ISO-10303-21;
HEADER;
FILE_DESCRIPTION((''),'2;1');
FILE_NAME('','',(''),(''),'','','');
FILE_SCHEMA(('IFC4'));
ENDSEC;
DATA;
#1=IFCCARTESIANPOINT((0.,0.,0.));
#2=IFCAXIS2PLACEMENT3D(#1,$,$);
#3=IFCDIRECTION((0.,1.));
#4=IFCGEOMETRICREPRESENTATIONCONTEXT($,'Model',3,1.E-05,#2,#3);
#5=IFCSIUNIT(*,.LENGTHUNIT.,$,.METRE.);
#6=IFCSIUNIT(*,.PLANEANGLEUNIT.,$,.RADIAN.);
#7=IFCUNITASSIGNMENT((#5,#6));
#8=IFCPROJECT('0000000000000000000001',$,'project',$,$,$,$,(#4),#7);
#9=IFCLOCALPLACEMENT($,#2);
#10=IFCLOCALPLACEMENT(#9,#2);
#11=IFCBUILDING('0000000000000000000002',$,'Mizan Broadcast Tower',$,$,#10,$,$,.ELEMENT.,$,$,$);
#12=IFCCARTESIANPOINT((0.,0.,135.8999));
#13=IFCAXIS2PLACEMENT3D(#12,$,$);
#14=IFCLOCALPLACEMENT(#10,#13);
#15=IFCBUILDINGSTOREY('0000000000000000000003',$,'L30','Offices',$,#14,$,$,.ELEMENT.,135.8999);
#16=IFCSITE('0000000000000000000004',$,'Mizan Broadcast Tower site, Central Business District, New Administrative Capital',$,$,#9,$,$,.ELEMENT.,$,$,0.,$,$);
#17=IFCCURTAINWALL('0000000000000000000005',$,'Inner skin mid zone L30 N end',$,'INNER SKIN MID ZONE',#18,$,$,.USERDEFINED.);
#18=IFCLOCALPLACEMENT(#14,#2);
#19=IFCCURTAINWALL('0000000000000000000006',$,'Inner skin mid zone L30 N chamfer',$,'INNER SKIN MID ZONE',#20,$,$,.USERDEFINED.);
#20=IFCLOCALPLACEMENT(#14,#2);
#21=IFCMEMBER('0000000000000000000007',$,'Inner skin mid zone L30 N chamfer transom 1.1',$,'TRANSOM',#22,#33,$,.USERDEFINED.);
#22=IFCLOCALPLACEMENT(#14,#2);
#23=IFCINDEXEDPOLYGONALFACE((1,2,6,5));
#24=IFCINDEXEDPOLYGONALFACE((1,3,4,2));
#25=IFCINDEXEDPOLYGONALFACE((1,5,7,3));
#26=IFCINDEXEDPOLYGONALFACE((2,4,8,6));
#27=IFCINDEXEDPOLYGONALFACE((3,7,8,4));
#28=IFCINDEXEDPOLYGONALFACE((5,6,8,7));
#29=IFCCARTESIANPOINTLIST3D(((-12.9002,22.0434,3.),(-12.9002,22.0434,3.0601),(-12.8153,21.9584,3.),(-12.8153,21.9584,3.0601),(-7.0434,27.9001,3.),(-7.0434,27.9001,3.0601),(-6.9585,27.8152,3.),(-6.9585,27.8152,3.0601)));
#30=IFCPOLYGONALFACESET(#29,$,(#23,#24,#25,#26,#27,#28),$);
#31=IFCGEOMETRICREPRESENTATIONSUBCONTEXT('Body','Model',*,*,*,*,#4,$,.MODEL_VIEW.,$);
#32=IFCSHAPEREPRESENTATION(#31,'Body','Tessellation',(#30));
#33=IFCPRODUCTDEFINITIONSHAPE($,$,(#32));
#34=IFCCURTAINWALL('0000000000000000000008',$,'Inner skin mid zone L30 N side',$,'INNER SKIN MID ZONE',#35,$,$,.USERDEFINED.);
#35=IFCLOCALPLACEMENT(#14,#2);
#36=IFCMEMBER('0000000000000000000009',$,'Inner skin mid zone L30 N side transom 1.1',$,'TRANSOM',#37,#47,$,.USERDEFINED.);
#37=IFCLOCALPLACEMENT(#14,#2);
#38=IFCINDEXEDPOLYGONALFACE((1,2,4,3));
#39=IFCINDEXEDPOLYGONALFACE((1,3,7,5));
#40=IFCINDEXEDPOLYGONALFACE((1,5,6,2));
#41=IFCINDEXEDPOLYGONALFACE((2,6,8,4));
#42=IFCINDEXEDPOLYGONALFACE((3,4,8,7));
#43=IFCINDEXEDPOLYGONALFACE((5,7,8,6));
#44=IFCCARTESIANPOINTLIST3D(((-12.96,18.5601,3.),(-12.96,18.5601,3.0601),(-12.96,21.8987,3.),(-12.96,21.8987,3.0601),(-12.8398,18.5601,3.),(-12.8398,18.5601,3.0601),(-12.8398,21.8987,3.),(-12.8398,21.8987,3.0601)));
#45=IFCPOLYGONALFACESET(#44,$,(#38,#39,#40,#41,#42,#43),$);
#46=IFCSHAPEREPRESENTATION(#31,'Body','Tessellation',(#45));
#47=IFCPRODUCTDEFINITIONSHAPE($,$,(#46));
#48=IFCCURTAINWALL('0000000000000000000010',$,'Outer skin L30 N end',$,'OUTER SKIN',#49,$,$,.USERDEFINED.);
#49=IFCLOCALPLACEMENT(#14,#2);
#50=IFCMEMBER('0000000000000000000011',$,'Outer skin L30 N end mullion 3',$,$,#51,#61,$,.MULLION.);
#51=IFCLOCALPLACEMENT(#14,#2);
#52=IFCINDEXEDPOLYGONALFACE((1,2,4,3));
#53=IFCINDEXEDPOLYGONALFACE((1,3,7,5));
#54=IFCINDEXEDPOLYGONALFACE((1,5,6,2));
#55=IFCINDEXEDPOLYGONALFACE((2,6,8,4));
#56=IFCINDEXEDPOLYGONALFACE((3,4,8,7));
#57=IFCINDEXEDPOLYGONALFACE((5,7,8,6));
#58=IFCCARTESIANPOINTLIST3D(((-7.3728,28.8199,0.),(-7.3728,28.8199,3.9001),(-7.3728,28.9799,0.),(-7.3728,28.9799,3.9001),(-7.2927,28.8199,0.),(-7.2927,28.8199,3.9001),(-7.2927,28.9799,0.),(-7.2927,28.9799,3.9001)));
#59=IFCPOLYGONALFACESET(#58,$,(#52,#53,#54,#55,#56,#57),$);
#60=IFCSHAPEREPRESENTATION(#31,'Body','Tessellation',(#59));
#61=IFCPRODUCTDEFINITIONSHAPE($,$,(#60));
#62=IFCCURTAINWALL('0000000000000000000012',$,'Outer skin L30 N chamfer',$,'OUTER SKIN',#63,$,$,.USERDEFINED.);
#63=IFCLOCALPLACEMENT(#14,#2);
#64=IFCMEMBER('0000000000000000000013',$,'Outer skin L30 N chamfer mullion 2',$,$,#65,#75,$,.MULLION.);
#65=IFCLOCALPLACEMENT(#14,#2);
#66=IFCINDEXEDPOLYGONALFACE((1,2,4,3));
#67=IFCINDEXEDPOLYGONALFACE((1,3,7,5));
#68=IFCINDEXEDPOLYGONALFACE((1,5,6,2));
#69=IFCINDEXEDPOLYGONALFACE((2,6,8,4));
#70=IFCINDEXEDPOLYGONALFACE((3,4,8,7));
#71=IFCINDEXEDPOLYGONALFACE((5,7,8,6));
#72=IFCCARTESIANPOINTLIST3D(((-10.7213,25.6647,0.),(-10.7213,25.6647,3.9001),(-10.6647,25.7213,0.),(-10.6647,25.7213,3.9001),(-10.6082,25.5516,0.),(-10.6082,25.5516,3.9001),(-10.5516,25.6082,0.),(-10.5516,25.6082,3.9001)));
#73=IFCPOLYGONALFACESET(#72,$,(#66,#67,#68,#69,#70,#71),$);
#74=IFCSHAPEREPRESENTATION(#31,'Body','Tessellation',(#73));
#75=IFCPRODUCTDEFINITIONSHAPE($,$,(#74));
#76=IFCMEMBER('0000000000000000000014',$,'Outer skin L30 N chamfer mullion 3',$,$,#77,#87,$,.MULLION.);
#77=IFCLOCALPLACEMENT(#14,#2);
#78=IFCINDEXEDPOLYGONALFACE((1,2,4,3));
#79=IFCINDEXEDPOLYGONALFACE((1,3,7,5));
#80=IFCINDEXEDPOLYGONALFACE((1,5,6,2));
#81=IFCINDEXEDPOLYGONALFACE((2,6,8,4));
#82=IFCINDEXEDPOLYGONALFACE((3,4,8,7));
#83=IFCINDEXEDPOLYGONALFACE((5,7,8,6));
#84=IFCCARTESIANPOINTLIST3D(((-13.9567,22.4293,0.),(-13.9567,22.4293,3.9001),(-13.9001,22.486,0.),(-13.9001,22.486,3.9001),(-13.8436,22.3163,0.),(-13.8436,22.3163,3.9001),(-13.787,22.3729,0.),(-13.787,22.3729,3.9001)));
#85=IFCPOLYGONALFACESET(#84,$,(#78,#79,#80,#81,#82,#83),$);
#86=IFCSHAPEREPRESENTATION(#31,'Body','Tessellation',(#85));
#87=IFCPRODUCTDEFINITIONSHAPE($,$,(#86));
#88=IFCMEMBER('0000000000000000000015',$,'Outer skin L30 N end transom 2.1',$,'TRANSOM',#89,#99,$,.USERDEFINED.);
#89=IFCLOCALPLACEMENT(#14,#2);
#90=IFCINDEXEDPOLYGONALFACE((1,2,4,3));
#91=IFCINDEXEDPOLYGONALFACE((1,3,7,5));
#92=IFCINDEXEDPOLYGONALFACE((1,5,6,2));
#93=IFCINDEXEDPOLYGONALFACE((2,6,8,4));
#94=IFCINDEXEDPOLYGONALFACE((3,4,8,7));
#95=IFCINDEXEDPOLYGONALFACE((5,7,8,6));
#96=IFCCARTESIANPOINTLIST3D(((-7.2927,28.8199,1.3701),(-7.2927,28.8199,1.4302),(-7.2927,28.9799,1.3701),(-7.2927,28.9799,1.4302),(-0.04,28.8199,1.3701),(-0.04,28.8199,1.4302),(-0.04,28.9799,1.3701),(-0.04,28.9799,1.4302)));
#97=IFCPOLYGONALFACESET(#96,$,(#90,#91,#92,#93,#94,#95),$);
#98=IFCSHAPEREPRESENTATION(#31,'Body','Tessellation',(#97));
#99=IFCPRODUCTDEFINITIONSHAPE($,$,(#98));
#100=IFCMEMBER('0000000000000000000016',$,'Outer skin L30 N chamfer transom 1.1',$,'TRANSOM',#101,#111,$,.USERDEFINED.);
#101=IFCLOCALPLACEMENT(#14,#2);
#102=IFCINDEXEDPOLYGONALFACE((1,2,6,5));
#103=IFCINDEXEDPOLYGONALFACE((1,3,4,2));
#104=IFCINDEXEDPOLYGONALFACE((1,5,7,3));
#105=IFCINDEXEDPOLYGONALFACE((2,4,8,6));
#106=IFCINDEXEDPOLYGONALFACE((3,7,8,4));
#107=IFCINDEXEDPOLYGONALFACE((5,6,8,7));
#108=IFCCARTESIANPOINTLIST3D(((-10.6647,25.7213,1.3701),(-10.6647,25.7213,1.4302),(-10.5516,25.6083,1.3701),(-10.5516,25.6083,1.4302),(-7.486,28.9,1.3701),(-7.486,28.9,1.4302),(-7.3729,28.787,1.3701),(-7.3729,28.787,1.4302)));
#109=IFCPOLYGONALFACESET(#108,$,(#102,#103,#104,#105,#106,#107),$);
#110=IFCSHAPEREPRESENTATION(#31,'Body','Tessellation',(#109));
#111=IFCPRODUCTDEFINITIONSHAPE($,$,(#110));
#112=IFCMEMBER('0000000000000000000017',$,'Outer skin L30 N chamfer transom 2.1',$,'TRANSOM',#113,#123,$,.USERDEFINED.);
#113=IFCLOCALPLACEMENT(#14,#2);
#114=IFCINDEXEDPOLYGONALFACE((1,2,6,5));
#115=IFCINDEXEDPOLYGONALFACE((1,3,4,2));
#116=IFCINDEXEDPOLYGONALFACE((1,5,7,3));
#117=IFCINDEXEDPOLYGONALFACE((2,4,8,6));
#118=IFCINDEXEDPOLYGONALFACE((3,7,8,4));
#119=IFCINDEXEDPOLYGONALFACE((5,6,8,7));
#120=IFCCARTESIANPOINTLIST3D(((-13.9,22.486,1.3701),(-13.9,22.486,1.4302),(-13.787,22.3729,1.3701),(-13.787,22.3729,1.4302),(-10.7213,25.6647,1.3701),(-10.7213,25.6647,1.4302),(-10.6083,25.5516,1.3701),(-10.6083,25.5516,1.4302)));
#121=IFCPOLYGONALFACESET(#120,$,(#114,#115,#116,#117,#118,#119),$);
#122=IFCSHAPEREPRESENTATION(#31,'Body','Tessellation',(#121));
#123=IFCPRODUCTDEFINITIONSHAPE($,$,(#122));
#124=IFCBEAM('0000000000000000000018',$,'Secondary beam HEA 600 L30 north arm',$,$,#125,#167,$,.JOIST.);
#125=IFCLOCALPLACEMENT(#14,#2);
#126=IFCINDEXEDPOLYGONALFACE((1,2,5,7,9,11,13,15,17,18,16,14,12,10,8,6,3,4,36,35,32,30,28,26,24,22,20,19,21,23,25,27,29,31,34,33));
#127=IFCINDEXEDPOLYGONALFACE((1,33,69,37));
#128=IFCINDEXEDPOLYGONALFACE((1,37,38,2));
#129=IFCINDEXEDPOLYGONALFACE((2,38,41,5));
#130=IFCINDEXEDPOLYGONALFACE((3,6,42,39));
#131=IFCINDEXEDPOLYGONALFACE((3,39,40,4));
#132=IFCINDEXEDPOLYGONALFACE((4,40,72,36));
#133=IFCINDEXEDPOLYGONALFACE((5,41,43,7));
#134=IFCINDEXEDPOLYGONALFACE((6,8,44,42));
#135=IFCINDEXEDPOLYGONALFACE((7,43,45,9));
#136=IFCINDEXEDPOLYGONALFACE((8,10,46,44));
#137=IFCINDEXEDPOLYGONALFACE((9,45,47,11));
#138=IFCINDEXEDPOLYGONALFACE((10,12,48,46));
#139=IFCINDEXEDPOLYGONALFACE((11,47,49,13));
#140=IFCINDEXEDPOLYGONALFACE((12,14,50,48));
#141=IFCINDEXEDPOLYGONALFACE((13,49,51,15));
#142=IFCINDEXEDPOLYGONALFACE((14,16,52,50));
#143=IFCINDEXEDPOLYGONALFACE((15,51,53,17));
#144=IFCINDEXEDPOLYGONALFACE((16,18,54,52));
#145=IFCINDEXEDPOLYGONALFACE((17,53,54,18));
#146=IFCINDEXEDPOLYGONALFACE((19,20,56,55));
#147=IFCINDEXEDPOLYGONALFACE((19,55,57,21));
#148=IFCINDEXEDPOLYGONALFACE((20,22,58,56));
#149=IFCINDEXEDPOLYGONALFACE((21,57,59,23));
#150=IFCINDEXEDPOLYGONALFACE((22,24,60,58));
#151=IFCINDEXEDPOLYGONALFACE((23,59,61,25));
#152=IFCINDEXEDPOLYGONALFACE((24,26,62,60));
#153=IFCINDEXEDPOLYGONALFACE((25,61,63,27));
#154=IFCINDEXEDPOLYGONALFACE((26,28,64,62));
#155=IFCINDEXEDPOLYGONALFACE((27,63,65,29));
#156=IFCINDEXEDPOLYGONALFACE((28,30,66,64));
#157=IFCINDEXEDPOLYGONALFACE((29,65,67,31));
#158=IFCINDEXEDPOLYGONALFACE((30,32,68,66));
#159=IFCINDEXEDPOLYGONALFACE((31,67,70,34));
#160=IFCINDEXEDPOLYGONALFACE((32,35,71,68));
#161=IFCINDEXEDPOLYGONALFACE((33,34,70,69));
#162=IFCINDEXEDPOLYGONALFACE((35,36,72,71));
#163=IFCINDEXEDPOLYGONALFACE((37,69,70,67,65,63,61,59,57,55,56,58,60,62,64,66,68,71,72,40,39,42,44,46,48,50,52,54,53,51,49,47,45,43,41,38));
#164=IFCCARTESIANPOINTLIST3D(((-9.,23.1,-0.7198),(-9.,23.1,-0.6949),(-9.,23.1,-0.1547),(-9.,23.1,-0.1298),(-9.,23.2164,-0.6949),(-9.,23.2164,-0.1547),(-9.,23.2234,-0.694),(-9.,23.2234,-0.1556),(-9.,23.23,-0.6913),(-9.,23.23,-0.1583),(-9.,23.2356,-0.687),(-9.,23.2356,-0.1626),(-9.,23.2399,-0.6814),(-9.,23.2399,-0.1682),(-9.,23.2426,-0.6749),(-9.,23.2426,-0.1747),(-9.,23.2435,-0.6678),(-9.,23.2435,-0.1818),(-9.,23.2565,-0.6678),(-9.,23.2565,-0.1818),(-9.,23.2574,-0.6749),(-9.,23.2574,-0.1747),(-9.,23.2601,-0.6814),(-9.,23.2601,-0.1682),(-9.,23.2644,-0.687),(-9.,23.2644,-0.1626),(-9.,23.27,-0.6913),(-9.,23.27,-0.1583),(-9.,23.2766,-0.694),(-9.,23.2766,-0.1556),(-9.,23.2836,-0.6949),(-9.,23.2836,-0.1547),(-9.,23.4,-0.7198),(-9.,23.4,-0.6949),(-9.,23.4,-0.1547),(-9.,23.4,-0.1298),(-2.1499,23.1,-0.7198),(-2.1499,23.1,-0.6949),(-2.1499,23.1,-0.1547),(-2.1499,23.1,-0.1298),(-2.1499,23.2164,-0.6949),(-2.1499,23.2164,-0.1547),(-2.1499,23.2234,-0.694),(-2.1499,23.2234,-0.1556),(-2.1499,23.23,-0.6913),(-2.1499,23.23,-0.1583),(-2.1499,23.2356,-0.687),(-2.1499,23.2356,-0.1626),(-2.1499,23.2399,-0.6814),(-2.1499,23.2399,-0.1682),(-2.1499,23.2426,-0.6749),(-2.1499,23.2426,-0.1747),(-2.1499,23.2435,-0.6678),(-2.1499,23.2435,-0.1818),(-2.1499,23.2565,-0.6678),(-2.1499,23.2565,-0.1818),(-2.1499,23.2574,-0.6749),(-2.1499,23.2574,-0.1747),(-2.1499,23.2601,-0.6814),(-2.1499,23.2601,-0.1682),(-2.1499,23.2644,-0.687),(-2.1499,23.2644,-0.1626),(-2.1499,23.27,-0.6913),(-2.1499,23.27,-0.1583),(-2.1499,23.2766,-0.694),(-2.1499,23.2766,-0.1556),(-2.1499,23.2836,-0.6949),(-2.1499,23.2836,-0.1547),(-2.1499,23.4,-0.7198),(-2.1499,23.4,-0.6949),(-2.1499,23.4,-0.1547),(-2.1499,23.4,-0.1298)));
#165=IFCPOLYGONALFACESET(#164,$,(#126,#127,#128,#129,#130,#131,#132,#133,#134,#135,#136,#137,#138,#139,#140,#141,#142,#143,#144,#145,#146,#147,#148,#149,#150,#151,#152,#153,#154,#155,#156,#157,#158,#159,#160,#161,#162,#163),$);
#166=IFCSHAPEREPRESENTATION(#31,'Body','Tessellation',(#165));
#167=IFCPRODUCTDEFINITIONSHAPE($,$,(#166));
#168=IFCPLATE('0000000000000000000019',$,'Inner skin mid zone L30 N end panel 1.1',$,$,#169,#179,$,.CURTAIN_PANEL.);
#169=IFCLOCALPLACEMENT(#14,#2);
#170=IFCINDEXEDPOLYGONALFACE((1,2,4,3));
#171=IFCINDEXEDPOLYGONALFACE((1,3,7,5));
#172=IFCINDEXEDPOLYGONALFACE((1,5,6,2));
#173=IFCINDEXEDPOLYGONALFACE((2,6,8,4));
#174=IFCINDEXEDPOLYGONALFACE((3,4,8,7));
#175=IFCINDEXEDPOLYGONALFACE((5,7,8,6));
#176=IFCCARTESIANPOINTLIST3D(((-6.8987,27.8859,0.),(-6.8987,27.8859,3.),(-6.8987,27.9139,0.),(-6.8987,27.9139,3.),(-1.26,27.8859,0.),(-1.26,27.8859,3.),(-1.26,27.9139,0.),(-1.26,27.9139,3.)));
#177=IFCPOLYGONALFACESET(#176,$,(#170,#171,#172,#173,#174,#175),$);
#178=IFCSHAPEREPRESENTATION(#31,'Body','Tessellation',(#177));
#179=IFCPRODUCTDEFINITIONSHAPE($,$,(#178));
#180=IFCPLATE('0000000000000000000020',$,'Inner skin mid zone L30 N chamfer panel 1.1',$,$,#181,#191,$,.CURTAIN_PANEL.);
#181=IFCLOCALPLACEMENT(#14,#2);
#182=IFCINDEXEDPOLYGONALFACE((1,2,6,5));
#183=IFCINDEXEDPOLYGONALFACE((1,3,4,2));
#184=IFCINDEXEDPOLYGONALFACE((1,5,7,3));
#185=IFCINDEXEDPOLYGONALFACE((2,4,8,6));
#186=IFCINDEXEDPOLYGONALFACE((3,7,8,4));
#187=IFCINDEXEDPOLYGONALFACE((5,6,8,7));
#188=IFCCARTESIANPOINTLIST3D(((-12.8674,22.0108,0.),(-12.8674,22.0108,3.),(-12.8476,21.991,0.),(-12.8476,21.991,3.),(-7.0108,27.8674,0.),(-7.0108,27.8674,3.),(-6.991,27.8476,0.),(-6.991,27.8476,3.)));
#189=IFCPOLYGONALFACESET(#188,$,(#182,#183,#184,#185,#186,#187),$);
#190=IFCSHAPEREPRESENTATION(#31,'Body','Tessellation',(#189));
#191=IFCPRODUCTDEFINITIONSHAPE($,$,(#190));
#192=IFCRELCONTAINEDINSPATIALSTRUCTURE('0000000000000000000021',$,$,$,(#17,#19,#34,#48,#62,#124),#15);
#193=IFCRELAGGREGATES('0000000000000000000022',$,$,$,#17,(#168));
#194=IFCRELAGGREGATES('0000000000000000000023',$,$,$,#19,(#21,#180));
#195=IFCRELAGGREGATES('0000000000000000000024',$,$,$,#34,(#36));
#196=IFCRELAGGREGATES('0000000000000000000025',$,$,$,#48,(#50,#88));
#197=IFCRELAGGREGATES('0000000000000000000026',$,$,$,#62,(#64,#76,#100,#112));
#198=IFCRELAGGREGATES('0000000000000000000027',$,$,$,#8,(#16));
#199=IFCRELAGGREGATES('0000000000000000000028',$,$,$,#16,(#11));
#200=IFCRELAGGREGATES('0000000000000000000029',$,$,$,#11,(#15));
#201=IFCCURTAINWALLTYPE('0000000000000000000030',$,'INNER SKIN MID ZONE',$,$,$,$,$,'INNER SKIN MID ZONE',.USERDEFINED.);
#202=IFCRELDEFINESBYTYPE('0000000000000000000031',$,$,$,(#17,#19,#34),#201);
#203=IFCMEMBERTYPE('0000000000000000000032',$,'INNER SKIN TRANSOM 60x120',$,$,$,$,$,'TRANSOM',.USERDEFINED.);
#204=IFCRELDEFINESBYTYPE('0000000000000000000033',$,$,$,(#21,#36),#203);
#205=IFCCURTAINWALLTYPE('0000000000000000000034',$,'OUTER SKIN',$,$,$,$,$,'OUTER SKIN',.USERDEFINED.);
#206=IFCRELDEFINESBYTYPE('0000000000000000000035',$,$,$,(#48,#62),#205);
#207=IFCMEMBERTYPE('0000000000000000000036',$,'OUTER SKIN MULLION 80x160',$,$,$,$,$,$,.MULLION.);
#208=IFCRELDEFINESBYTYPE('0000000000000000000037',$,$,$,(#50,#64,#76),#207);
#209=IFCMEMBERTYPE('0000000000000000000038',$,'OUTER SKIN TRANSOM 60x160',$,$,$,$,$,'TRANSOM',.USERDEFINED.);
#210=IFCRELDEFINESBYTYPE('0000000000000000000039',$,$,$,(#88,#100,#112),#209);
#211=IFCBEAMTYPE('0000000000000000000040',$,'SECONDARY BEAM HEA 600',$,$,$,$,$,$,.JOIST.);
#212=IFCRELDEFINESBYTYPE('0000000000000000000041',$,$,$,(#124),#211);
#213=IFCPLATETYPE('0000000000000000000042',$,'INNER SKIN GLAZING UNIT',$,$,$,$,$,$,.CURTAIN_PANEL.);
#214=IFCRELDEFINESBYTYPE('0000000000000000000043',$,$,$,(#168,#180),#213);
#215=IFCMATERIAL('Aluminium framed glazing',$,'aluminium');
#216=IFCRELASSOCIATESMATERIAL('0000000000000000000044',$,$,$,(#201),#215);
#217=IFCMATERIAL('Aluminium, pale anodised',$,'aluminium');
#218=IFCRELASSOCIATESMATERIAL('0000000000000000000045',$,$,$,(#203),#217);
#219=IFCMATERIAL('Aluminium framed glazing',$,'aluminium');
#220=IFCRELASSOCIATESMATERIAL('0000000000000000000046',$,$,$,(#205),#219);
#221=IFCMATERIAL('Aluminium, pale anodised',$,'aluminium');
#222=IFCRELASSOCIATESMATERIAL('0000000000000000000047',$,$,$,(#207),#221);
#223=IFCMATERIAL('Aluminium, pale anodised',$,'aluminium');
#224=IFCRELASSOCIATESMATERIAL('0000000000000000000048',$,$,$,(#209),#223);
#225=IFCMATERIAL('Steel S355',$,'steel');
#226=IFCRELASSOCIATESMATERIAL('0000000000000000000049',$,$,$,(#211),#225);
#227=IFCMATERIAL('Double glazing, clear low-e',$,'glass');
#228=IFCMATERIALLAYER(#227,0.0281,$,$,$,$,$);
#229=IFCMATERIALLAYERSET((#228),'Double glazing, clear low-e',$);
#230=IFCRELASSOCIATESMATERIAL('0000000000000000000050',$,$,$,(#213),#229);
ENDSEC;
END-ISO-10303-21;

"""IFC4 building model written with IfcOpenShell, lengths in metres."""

from ifc_helpers import new_model, si_unit, direction, frame, origin, origin_2d, place, context, subcontext, project, spatial, rectangle, i_section, extrude, material, layer, layer_set, material_profile, profile_set, type_object, element, aggregate, save


model = new_model("IFC4")

# Units and contexts
model_context = context("Model", 3, precision=1e-05, world=origin(), true_north=direction((0.0, 1.0)))
body_context = subcontext(model_context, "Body", "Model", "MODEL_VIEW")
ifc_project = project(units=[si_unit("LENGTHUNIT", "METRE"), si_unit("PLANEANGLEUNIT", "RADIAN")], contexts=[model_context])

# Site, building, storey
site_placement = place(None, origin())
site = spatial("IfcSite", under=ifc_project, at=site_placement, Name="Mizan Broadcast Tower site, Central Business District, New Administrative Capital", CompositionType="ELEMENT", RefElevation=0.0)
building_placement = place(site_placement, origin())
building = spatial("IfcBuilding", under=site, at=building_placement, Name="Mizan Broadcast Tower", CompositionType="ELEMENT")
storey_placement = place(building_placement, frame((0.0, 0.0, 135.8999)))
storey = spatial("IfcBuildingStorey", under=building, at=storey_placement, Name="L30", Description="Offices", CompositionType="ELEMENT", Elevation=135.8999)

# Curtain wall
ifc_material_1 = material(Name="Aluminium framed glazing", Category="aluminium")
curtain_wall_type_1 = type_object("IfcCurtainWallType", Name="INNER SKIN MID ZONE", ElementType="INNER SKIN MID ZONE", PredefinedType="USERDEFINED", material=ifc_material_1)
curtain_wall_1_placement = place(storey_placement, origin())
curtain_wall_1 = element("IfcCurtainWall", 1, at=curtain_wall_1_placement, inside=storey, type_object=curtain_wall_type_1, Name="Inner skin mid zone L30 N end", ObjectType="INNER SKIN MID ZONE", PredefinedType="USERDEFINED")

# Curtain wall
curtain_wall_2_placement = place(storey_placement, origin())
curtain_wall_2 = element("IfcCurtainWall", 2, at=curtain_wall_2_placement, inside=storey, type_object=curtain_wall_type_1, Name="Inner skin mid zone L30 N chamfer", ObjectType="INNER SKIN MID ZONE", PredefinedType="USERDEFINED")

# Member
ifc_material_2 = material(Name="Aluminium, pale anodised", Category="aluminium")
ifc_material_profile_1 = material_profile(ifc_material_2, rectangle(XDim=0.1201, YDim=0.0601, at=origin_2d()), Name="TRANSOM 120x60")
ifc_profile_set_1 = profile_set([ifc_material_profile_1], Name="Aluminium, pale anodised")
member_type_1 = type_object("IfcMemberType", Name="INNER SKIN TRANSOM 60x120", ElementType="TRANSOM", PredefinedType="USERDEFINED", material=ifc_profile_set_1)
member_1_placement = place(storey_placement, frame((-7.001, 27.8577, 3.03), z_axis=(-0.707107, -0.707107, 0.0), x_axis=(0.707107, -0.707107, 0.0)))
member_1 = element("IfcMember", 3, at=member_1_placement, type_object=member_type_1, Name="Inner skin mid zone L30 N chamfer transom 1.1", ObjectType="TRANSOM", PredefinedType="USERDEFINED", context=body_context, shape_type="SweptSolid", body=[
    extrude(rectangle(XDim=0.1201, YDim=0.0601, at=origin_2d()), origin(), (0.0, 0.0, 1.0), 8.2827),
])

# Curtain walls, members
curtain_wall_3_placement = place(storey_placement, origin())
curtain_wall_3 = element("IfcCurtainWall", 4, at=curtain_wall_3_placement, inside=storey, type_object=curtain_wall_type_1, Name="Inner skin mid zone L30 N side", ObjectType="INNER SKIN MID ZONE", PredefinedType="USERDEFINED")
member_2_placement = place(storey_placement, frame((-12.8999, 21.8987, 3.03), z_axis=(0.0, -1.0, 0.0), x_axis=(1.0, 0.0, 0.0)))
member_2 = element("IfcMember", 5, at=member_2_placement, type_object=member_type_1, Name="Inner skin mid zone L30 N side transom 1.1", ObjectType="TRANSOM", PredefinedType="USERDEFINED", context=body_context, shape_type="SweptSolid", body=[
    extrude(rectangle(XDim=0.1201, YDim=0.0601, at=origin_2d()), origin(), (0.0, 0.0, 1.0), 3.3386),
])
ifc_material_3 = material(Name="Aluminium framed glazing", Category="aluminium")
curtain_wall_type_2 = type_object("IfcCurtainWallType", Name="OUTER SKIN", ElementType="OUTER SKIN", PredefinedType="USERDEFINED", material=ifc_material_3)
curtain_wall_4_placement = place(storey_placement, origin())
curtain_wall_4 = element("IfcCurtainWall", 6, at=curtain_wall_4_placement, inside=storey, type_object=curtain_wall_type_2, Name="Outer skin L30 N end", ObjectType="OUTER SKIN", PredefinedType="USERDEFINED")
ifc_material_4 = material(Name="Aluminium, pale anodised", Category="aluminium")
ifc_material_profile_2 = material_profile(ifc_material_4, rectangle(XDim=0.1599, YDim=0.0801, at=origin_2d()), Name="MULLION 160x80")
ifc_profile_set_2 = profile_set([ifc_material_profile_2], Name="Aluminium, pale anodised")
member_type_2 = type_object("IfcMemberType", Name="OUTER SKIN MULLION 80x160", PredefinedType="MULLION", material=ifc_profile_set_2)
member_3_placement = place(storey_placement, frame((-7.3328, 28.8999, 0.0), z_axis=(0.0, 0.0, 1.0), x_axis=(0.0, -1.0, 0.0)))
member_3 = element("IfcMember", 7, at=member_3_placement, type_object=member_type_2, Name="Outer skin L30 N end mullion 3", PredefinedType="MULLION", context=body_context, shape_type="SweptSolid", body=[
    extrude(rectangle(XDim=0.1599, YDim=0.0801, at=origin_2d()), origin(), (0.0, 0.0, 1.0), 3.9001),
])

# Curtain wall, members
curtain_wall_5_placement = place(storey_placement, origin())
curtain_wall_5 = element("IfcCurtainWall", 8, at=curtain_wall_5_placement, inside=storey, type_object=curtain_wall_type_2, Name="Outer skin L30 N chamfer", ObjectType="OUTER SKIN", PredefinedType="USERDEFINED")
member_4_placement = place(storey_placement, frame((-10.6365, 25.6365, 0.0), z_axis=(0.0, 0.0, 1.0), x_axis=(0.707107, -0.707107, 0.0)))
member_4 = element("IfcMember", 9, at=member_4_placement, type_object=member_type_2, Name="Outer skin L30 N chamfer mullion 2", PredefinedType="MULLION", context=body_context, shape_type="SweptSolid", body=[
    extrude(rectangle(XDim=0.1599, YDim=0.0801, at=origin_2d()), origin(), (0.0, 0.0, 1.0), 3.9001),
])
member_5_placement = place(storey_placement, frame((-13.8718, 22.4011, 0.0), z_axis=(0.0, 0.0, 1.0), x_axis=(0.707107, -0.707107, 0.0)))
member_5 = element("IfcMember", 10, at=member_5_placement, type_object=member_type_2, Name="Outer skin L30 N chamfer mullion 3", PredefinedType="MULLION", context=body_context, shape_type="SweptSolid", body=[
    extrude(rectangle(XDim=0.1599, YDim=0.0801, at=origin_2d()), origin(), (0.0, 0.0, 1.0), 3.9001),
])

# Members
ifc_material_5 = material(Name="Aluminium, pale anodised", Category="aluminium")
ifc_material_profile_3 = material_profile(ifc_material_5, rectangle(XDim=0.1599, YDim=0.0601, at=origin_2d()), Name="TRANSOM 160x60")
ifc_profile_set_3 = profile_set([ifc_material_profile_3], Name="Aluminium, pale anodised")
member_type_3 = type_object("IfcMemberType", Name="OUTER SKIN TRANSOM 60x160", ElementType="TRANSOM", PredefinedType="USERDEFINED", material=ifc_profile_set_3)
member_6_placement = place(storey_placement, frame((-0.04, 28.8999, 1.4001), z_axis=(-1.0, 0.0, 0.0), x_axis=(0.0, -1.0, 0.0)))
member_6 = element("IfcMember", 11, at=member_6_placement, type_object=member_type_3, Name="Outer skin L30 N end transom 2.1", ObjectType="TRANSOM", PredefinedType="USERDEFINED", context=body_context, shape_type="SweptSolid", body=[
    extrude(rectangle(XDim=0.1599, YDim=0.0601, at=origin_2d()), origin(), (0.0, 0.0, 1.0), 7.2527),
])
member_7_placement = place(storey_placement, frame((-7.4294, 28.8435, 1.4001), z_axis=(-0.707107, -0.707107, 0.0), x_axis=(0.707107, -0.707107, 0.0)))
member_7 = element("IfcMember", 12, at=member_7_placement, type_object=member_type_3, Name="Outer skin L30 N chamfer transom 1.1", ObjectType="TRANSOM", PredefinedType="USERDEFINED", context=body_context, shape_type="SweptSolid", body=[
    extrude(rectangle(XDim=0.1599, YDim=0.0601, at=origin_2d()), origin(), (0.0, 0.0, 1.0), 4.4954),
])
member_8_placement = place(storey_placement, frame((-10.6648, 25.6082, 1.4001), z_axis=(-0.707107, -0.707107, 0.0), x_axis=(0.707107, -0.707107, 0.0)))
member_8 = element("IfcMember", 13, at=member_8_placement, type_object=member_type_3, Name="Outer skin L30 N chamfer transom 2.1", ObjectType="TRANSOM", PredefinedType="USERDEFINED", context=body_context, shape_type="SweptSolid", body=[
    extrude(rectangle(XDim=0.1599, YDim=0.0601, at=origin_2d()), origin(), (0.0, 0.0, 1.0), 4.4954),
])

# Beam
ifc_material_6 = material(Name="Steel S355", Category="steel")
ifc_material_profile_4 = material_profile(ifc_material_6, i_section(OverallWidth=0.3, OverallDepth=0.5901, WebThickness=0.0129, FlangeThickness=0.0249, FilletRadius=0.0271, at=origin_2d()), Name="HEA 600")
ifc_profile_set_4 = profile_set([ifc_material_profile_4], Name="Steel S355")
beam_type_1 = type_object("IfcBeamType", Name="SECONDARY BEAM HEA 600", PredefinedType="JOIST", material=ifc_profile_set_4)
beam_1_placement = place(storey_placement, frame((-9.0, 23.25, -0.4248), z_axis=(1.0, 0.0, 0.0), x_axis=(0.0, 1.0, 0.0)))
element("IfcBeam", 14, at=beam_1_placement, inside=storey, type_object=beam_type_1, Name="Secondary beam HEA 600 L30 north arm", PredefinedType="JOIST", context=body_context, shape_type="SweptSolid", body=[
    extrude(i_section(OverallWidth=0.3, OverallDepth=0.5901, WebThickness=0.0129, FlangeThickness=0.0249, FilletRadius=0.0271, at=origin_2d()), origin(), (0.0, 0.0, 1.0), 6.8501),
])

# Plates
ifc_material_7 = material(Name="Double glazing, clear low-e", Category="glass")
ifc_layer_1 = layer(ifc_material_7, 0.0281)
ifc_layer_set_1 = layer_set([ifc_layer_1], Name="Double glazing, clear low-e")
plate_type_1 = type_object("IfcPlateType", Name="INNER SKIN GLAZING UNIT", PredefinedType="CURTAIN_PANEL", material=ifc_layer_set_1)
plate_1_placement = place(storey_placement, frame((-4.0793, 27.8999, 0.0), z_axis=(0.0, 0.0, 1.0), x_axis=(-1.0, 0.0, 0.0)))
plate_1 = element("IfcPlate", 15, at=plate_1_placement, type_object=plate_type_1, Name="Inner skin mid zone L30 N end panel 1.1", PredefinedType="CURTAIN_PANEL", context=body_context, shape_type="SweptSolid", body=[
    extrude(rectangle(XDim=5.6387, YDim=0.0281, at=origin_2d()), origin(), (0.0, 0.0, 1.0), 3.0),
])
plate_2_placement = place(storey_placement, frame((-9.9292, 24.9292, 0.0), z_axis=(0.0, 0.0, 1.0), x_axis=(-0.707107, -0.707107, 0.0)))
plate_2 = element("IfcPlate", 16, at=plate_2_placement, type_object=plate_type_1, Name="Inner skin mid zone L30 N chamfer panel 1.1", PredefinedType="CURTAIN_PANEL", context=body_context, shape_type="SweptSolid", body=[
    extrude(rectangle(XDim=8.2825, YDim=0.0281, at=origin_2d()), origin(), (0.0, 0.0, 1.0), 3.0),
])
aggregate(curtain_wall_1, [plate_1])
aggregate(curtain_wall_2, [member_1, plate_2])
aggregate(curtain_wall_3, [member_2])
aggregate(curtain_wall_4, [member_3, member_6])
aggregate(curtain_wall_5, [member_4, member_5, member_7, member_8])

save(model, "model.ifc")
